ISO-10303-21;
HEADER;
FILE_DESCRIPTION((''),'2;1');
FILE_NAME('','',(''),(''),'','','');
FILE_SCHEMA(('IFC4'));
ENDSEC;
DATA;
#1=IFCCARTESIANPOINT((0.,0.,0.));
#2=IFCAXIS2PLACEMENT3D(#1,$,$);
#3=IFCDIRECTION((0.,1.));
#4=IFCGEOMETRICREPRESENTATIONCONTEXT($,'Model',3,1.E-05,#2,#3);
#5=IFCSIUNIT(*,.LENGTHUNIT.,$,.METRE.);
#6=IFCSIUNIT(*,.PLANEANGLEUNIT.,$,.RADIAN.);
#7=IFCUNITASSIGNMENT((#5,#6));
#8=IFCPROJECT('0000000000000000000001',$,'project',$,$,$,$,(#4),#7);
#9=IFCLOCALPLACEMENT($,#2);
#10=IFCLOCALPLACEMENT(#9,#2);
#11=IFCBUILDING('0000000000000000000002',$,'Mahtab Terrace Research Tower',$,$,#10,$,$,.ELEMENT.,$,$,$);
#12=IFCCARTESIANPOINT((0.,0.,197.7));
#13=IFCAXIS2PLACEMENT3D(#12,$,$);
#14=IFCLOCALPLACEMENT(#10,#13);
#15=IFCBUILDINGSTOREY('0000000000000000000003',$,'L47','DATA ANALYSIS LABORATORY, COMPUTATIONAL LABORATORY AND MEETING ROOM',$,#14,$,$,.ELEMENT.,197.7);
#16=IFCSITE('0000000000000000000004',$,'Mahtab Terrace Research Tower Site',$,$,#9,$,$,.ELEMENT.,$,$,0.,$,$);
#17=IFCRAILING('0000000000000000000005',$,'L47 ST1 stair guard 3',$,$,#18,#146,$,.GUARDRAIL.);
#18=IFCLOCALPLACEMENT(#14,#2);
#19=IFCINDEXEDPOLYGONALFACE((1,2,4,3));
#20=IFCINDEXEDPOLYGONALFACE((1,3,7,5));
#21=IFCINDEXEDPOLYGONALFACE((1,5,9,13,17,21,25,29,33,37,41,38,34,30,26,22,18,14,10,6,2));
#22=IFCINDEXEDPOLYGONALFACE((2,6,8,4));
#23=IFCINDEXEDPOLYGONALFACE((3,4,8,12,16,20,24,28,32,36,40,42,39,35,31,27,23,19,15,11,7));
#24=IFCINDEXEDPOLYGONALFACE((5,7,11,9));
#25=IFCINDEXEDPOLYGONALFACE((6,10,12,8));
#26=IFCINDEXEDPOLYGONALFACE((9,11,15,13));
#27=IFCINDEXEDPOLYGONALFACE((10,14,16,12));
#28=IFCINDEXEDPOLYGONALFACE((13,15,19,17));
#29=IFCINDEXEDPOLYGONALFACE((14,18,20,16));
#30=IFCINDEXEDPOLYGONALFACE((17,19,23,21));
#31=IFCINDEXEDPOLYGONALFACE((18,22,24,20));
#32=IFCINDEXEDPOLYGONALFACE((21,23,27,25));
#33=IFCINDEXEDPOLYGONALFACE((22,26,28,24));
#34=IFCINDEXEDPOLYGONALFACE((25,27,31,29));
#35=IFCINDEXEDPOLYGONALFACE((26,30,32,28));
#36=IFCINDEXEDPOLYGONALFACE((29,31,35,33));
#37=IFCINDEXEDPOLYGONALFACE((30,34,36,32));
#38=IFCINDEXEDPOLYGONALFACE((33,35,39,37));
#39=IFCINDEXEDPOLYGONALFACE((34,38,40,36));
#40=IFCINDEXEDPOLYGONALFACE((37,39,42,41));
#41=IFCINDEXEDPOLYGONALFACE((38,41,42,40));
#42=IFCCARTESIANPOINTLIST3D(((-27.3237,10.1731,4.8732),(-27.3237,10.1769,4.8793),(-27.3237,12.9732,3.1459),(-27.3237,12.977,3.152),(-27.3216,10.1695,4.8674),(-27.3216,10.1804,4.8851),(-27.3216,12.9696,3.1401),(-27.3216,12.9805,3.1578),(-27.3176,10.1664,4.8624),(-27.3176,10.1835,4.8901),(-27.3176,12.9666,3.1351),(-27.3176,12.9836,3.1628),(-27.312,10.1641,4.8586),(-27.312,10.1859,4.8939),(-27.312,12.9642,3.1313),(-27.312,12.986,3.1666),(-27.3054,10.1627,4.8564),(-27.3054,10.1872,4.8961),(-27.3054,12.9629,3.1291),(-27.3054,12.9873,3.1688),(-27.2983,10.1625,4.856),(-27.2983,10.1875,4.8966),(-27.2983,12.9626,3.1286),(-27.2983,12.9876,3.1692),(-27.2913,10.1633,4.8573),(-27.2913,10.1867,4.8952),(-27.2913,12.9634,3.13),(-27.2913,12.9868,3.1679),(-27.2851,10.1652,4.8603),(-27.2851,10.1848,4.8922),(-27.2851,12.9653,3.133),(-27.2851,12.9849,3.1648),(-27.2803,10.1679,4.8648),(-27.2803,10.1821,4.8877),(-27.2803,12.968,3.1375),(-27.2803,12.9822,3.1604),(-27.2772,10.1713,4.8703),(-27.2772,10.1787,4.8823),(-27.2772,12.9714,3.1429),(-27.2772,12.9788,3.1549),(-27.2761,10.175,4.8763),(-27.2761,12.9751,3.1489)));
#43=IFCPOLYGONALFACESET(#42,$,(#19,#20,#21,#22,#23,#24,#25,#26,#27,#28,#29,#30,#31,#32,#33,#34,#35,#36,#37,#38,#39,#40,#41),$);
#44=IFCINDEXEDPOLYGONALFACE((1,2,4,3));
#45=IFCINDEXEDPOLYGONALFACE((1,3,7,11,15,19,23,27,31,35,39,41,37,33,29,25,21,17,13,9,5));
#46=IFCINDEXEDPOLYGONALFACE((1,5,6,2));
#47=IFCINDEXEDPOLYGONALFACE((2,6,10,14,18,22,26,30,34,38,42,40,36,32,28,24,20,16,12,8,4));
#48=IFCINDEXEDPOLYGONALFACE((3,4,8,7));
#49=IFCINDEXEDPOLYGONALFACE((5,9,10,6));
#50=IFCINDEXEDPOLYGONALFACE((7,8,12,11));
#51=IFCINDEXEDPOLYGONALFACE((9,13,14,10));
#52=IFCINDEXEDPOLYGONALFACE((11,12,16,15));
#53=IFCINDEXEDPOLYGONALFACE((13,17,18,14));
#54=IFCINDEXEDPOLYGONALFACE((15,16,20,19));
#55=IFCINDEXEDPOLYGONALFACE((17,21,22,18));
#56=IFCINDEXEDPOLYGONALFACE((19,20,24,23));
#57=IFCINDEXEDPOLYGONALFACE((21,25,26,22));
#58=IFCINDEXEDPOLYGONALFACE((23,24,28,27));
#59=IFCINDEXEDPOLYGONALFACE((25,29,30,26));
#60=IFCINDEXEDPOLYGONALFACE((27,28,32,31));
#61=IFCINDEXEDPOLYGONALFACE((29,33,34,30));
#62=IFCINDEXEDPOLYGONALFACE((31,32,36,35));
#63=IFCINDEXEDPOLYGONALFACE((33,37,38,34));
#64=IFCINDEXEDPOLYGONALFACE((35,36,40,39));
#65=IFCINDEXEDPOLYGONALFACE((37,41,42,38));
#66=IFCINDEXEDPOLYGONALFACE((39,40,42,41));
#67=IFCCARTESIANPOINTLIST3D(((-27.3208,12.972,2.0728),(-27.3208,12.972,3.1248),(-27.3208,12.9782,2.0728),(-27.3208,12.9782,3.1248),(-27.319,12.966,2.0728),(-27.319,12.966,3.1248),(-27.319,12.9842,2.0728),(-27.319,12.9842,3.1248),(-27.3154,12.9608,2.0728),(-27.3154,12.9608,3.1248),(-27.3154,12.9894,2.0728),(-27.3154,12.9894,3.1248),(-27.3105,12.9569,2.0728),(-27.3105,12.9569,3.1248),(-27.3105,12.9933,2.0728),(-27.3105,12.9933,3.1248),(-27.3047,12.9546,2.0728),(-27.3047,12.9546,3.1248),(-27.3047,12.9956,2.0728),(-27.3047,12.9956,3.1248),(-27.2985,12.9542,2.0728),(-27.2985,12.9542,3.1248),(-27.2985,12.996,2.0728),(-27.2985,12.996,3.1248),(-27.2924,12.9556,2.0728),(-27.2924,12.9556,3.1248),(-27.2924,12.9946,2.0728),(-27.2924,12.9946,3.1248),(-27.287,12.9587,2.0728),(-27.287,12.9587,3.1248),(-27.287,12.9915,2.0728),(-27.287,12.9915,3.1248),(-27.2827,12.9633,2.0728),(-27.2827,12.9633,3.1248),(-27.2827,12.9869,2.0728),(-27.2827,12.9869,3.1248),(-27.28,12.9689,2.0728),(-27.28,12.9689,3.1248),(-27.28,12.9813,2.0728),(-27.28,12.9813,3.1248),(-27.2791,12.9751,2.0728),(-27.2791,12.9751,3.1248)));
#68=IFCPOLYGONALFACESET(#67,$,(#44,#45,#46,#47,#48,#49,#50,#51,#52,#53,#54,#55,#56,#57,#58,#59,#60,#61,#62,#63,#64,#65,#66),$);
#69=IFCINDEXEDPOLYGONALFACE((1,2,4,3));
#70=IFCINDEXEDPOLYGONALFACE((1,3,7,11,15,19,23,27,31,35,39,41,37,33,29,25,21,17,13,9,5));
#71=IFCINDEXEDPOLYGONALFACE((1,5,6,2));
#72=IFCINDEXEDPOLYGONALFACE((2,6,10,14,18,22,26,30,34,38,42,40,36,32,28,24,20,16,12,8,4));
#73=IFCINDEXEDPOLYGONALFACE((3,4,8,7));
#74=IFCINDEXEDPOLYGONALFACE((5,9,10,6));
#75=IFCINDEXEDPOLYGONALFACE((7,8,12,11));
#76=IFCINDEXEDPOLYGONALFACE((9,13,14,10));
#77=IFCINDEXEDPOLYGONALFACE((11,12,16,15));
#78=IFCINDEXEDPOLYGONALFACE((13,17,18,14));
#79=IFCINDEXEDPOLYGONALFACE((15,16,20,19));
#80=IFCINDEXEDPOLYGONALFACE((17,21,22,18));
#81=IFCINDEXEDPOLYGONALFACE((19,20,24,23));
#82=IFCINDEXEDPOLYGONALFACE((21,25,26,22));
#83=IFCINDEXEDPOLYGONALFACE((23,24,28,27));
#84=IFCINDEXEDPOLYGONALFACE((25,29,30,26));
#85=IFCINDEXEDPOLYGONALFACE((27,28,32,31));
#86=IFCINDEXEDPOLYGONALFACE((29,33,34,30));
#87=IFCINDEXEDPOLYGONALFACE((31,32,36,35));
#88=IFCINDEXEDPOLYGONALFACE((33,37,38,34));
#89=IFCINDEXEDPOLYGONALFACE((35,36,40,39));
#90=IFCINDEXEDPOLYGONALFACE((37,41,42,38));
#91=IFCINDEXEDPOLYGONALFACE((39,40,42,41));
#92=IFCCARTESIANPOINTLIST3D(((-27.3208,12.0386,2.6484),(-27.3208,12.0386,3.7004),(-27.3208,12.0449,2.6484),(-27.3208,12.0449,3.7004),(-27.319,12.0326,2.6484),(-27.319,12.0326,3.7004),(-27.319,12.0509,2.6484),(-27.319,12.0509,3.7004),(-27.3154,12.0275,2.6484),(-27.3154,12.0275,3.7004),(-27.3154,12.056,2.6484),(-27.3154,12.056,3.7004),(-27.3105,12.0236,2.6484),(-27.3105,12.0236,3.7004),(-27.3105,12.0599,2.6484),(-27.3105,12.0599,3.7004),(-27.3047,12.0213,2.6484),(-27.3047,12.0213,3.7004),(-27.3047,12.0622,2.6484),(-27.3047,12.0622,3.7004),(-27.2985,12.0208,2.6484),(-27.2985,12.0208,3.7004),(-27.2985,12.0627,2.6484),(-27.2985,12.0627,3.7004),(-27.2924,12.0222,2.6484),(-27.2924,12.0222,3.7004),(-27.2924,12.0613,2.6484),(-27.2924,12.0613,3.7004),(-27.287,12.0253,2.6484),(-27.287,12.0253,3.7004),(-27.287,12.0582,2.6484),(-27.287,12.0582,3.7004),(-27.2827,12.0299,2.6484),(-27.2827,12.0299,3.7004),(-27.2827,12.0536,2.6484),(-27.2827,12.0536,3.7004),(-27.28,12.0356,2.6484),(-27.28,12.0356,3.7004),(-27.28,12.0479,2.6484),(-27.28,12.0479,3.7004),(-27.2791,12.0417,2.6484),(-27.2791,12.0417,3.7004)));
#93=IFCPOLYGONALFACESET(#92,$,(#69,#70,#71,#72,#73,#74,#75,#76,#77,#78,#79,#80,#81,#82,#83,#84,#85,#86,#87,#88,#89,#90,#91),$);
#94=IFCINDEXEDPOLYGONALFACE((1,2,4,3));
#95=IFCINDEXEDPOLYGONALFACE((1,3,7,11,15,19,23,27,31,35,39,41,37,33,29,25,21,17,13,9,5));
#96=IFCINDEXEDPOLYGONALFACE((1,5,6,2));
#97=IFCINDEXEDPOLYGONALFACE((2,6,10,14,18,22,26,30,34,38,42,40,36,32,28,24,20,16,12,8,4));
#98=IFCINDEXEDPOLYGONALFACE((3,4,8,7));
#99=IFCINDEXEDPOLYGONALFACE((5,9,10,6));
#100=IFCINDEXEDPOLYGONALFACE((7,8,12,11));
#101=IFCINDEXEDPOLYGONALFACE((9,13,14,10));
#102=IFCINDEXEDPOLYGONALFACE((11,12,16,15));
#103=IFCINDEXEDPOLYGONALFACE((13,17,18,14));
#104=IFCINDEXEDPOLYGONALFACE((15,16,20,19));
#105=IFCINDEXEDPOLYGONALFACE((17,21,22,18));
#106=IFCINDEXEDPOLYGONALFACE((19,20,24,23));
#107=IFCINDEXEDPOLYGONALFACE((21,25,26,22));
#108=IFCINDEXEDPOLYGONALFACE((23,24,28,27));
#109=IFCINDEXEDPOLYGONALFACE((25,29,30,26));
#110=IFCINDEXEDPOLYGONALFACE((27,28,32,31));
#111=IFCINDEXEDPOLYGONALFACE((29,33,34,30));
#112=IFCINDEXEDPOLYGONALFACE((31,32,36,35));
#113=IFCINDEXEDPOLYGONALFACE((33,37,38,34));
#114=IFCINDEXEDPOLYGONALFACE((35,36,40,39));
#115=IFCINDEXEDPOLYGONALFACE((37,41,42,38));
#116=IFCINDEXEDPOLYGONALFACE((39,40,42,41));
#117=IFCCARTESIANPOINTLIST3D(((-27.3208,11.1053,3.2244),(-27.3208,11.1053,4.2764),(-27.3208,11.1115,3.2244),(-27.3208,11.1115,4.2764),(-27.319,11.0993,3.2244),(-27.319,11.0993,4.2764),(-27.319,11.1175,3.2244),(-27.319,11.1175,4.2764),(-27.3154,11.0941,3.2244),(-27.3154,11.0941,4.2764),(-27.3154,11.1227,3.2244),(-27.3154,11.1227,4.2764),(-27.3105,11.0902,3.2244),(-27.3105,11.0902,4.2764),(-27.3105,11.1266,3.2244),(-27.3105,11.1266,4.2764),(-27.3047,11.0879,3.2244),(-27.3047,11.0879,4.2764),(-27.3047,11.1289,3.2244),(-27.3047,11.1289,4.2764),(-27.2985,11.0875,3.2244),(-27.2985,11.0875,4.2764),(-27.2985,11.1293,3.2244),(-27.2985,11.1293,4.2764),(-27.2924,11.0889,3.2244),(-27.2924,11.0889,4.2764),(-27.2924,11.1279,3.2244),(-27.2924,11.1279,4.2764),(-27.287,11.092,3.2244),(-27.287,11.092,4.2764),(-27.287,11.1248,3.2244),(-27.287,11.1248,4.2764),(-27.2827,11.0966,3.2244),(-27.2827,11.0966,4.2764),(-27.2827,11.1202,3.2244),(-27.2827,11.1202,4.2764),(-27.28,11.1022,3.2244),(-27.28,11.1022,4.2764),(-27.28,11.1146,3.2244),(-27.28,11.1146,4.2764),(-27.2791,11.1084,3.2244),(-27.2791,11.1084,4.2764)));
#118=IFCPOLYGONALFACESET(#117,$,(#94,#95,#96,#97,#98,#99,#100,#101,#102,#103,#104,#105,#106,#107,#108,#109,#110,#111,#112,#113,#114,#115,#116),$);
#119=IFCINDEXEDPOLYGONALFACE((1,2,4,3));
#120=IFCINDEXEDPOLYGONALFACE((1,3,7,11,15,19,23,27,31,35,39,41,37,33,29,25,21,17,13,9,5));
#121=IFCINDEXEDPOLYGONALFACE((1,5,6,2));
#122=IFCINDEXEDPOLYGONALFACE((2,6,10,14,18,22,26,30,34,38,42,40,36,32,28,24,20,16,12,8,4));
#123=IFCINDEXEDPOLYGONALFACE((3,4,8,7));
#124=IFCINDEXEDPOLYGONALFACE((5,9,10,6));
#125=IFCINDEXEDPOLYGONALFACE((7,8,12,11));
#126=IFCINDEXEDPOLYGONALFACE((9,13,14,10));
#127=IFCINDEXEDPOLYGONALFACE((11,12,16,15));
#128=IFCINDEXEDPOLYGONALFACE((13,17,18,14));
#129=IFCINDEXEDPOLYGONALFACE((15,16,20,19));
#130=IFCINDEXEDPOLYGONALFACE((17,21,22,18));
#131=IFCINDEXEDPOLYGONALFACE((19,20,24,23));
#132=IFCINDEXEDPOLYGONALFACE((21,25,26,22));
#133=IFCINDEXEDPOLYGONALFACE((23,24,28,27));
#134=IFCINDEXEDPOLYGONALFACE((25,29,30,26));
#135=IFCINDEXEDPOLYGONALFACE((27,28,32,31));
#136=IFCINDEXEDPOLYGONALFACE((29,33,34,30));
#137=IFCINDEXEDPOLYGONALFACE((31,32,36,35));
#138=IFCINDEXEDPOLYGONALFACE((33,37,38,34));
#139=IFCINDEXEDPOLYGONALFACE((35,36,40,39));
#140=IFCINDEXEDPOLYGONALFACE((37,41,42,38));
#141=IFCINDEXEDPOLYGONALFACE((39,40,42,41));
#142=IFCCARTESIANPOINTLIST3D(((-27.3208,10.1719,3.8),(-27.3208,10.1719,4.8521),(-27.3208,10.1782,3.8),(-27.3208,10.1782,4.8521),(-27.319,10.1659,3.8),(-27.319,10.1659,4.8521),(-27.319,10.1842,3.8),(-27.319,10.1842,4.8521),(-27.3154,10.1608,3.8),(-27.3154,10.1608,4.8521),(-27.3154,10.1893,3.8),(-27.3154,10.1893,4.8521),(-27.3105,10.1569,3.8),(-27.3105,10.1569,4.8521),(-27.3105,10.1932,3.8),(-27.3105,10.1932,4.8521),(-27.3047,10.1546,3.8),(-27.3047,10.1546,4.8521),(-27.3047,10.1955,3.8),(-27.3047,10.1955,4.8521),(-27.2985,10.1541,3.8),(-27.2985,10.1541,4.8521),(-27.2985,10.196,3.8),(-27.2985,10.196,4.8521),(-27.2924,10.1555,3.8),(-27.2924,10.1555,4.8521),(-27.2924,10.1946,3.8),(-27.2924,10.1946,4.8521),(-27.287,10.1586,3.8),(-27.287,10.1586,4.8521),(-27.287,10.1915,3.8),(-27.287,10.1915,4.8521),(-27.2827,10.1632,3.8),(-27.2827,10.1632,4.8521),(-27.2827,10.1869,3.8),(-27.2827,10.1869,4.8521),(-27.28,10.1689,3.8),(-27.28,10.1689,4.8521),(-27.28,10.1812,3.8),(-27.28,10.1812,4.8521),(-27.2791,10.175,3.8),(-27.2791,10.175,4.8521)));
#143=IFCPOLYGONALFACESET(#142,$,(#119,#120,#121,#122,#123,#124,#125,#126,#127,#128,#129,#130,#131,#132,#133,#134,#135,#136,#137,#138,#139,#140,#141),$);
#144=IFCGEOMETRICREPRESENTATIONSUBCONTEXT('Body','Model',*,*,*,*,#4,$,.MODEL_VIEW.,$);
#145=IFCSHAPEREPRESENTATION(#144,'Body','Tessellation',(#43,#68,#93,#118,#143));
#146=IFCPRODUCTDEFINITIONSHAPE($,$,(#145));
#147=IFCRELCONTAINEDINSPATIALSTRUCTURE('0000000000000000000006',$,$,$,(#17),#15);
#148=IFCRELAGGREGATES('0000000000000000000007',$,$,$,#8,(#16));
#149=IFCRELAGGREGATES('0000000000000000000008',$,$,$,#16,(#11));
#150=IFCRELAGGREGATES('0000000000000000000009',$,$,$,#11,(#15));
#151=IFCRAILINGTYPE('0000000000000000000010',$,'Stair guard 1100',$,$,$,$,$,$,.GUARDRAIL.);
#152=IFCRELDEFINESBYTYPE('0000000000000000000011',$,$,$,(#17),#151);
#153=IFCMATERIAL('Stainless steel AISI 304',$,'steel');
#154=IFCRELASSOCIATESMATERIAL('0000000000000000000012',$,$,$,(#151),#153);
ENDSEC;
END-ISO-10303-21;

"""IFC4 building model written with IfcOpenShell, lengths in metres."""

from ifc_helpers import new_model, si_unit, direction, frame, origin, origin_2d, place, context, subcontext, project, spatial, circle, extrude, material, type_object, element, save


model = new_model("IFC4")

# Units and contexts
model_context = context("Model", 3, precision=1e-05, world=origin(), true_north=direction((0.0, 1.0)))
body_context = subcontext(model_context, "Body", "Model", "MODEL_VIEW")
ifc_project = project(units=[si_unit("LENGTHUNIT", "METRE"), si_unit("PLANEANGLEUNIT", "RADIAN")], contexts=[model_context])

# Site, building, storey
site_placement = place(None, origin())
site = spatial("IfcSite", under=ifc_project, at=site_placement, Name="Mahtab Terrace Research Tower Site", CompositionType="ELEMENT", RefElevation=0.0)
building_placement = place(site_placement, origin())
building = spatial("IfcBuilding", under=site, at=building_placement, Name="Mahtab Terrace Research Tower", CompositionType="ELEMENT")
storey_placement = place(building_placement, frame((0.0, 0.0, 197.7)))
storey = spatial("IfcBuildingStorey", under=building, at=storey_placement, Name="L47", Description="DATA ANALYSIS LABORATORY, COMPUTATIONAL LABORATORY AND MEETING ROOM", CompositionType="ELEMENT", Elevation=197.7)

# Railing
ifc_material_1 = material(Name="Stainless steel AISI 304", Category="steel")
railing_type_1 = type_object("IfcRailingType", Name="Stair guard 1100", PredefinedType="GUARDRAIL", material=ifc_material_1)
railing_1_placement = place(storey_placement, frame((-27.3, 12.9751, 2.0728)))
element("IfcRailing", 1, at=railing_1_placement, inside=storey, type_object=railing_type_1, Name="L47 ST1 stair guard 3", PredefinedType="GUARDRAIL", context=body_context, shape_type="SweptSolid", body=[
    extrude(circle(Radius=0.0239, at=origin_2d()), frame((0.0, 0.0, 1.0762), z_axis=(0.0, -0.85109, 0.52502), x_axis=(1.0, 0.0, 0.0)), (0.0, 0.0, 1.0), 3.29),
    extrude(circle(Radius=0.021, at=origin_2d()), origin(), (0.0, 0.0, 1.0), 1.052),
    extrude(circle(Radius=0.021, at=origin_2d()), frame((0.0, -0.9333, 0.5757)), (0.0, 0.0, 1.0), 1.052),
    extrude(circle(Radius=0.021, at=origin_2d()), frame((0.0, -1.8667, 1.1516)), (0.0, 0.0, 1.0), 1.052),
    extrude(circle(Radius=0.021, at=origin_2d()), frame((0.0, -2.8, 1.7273)), (0.0, 0.0, 1.0), 1.052),
])

save(model, "model.ifc")
